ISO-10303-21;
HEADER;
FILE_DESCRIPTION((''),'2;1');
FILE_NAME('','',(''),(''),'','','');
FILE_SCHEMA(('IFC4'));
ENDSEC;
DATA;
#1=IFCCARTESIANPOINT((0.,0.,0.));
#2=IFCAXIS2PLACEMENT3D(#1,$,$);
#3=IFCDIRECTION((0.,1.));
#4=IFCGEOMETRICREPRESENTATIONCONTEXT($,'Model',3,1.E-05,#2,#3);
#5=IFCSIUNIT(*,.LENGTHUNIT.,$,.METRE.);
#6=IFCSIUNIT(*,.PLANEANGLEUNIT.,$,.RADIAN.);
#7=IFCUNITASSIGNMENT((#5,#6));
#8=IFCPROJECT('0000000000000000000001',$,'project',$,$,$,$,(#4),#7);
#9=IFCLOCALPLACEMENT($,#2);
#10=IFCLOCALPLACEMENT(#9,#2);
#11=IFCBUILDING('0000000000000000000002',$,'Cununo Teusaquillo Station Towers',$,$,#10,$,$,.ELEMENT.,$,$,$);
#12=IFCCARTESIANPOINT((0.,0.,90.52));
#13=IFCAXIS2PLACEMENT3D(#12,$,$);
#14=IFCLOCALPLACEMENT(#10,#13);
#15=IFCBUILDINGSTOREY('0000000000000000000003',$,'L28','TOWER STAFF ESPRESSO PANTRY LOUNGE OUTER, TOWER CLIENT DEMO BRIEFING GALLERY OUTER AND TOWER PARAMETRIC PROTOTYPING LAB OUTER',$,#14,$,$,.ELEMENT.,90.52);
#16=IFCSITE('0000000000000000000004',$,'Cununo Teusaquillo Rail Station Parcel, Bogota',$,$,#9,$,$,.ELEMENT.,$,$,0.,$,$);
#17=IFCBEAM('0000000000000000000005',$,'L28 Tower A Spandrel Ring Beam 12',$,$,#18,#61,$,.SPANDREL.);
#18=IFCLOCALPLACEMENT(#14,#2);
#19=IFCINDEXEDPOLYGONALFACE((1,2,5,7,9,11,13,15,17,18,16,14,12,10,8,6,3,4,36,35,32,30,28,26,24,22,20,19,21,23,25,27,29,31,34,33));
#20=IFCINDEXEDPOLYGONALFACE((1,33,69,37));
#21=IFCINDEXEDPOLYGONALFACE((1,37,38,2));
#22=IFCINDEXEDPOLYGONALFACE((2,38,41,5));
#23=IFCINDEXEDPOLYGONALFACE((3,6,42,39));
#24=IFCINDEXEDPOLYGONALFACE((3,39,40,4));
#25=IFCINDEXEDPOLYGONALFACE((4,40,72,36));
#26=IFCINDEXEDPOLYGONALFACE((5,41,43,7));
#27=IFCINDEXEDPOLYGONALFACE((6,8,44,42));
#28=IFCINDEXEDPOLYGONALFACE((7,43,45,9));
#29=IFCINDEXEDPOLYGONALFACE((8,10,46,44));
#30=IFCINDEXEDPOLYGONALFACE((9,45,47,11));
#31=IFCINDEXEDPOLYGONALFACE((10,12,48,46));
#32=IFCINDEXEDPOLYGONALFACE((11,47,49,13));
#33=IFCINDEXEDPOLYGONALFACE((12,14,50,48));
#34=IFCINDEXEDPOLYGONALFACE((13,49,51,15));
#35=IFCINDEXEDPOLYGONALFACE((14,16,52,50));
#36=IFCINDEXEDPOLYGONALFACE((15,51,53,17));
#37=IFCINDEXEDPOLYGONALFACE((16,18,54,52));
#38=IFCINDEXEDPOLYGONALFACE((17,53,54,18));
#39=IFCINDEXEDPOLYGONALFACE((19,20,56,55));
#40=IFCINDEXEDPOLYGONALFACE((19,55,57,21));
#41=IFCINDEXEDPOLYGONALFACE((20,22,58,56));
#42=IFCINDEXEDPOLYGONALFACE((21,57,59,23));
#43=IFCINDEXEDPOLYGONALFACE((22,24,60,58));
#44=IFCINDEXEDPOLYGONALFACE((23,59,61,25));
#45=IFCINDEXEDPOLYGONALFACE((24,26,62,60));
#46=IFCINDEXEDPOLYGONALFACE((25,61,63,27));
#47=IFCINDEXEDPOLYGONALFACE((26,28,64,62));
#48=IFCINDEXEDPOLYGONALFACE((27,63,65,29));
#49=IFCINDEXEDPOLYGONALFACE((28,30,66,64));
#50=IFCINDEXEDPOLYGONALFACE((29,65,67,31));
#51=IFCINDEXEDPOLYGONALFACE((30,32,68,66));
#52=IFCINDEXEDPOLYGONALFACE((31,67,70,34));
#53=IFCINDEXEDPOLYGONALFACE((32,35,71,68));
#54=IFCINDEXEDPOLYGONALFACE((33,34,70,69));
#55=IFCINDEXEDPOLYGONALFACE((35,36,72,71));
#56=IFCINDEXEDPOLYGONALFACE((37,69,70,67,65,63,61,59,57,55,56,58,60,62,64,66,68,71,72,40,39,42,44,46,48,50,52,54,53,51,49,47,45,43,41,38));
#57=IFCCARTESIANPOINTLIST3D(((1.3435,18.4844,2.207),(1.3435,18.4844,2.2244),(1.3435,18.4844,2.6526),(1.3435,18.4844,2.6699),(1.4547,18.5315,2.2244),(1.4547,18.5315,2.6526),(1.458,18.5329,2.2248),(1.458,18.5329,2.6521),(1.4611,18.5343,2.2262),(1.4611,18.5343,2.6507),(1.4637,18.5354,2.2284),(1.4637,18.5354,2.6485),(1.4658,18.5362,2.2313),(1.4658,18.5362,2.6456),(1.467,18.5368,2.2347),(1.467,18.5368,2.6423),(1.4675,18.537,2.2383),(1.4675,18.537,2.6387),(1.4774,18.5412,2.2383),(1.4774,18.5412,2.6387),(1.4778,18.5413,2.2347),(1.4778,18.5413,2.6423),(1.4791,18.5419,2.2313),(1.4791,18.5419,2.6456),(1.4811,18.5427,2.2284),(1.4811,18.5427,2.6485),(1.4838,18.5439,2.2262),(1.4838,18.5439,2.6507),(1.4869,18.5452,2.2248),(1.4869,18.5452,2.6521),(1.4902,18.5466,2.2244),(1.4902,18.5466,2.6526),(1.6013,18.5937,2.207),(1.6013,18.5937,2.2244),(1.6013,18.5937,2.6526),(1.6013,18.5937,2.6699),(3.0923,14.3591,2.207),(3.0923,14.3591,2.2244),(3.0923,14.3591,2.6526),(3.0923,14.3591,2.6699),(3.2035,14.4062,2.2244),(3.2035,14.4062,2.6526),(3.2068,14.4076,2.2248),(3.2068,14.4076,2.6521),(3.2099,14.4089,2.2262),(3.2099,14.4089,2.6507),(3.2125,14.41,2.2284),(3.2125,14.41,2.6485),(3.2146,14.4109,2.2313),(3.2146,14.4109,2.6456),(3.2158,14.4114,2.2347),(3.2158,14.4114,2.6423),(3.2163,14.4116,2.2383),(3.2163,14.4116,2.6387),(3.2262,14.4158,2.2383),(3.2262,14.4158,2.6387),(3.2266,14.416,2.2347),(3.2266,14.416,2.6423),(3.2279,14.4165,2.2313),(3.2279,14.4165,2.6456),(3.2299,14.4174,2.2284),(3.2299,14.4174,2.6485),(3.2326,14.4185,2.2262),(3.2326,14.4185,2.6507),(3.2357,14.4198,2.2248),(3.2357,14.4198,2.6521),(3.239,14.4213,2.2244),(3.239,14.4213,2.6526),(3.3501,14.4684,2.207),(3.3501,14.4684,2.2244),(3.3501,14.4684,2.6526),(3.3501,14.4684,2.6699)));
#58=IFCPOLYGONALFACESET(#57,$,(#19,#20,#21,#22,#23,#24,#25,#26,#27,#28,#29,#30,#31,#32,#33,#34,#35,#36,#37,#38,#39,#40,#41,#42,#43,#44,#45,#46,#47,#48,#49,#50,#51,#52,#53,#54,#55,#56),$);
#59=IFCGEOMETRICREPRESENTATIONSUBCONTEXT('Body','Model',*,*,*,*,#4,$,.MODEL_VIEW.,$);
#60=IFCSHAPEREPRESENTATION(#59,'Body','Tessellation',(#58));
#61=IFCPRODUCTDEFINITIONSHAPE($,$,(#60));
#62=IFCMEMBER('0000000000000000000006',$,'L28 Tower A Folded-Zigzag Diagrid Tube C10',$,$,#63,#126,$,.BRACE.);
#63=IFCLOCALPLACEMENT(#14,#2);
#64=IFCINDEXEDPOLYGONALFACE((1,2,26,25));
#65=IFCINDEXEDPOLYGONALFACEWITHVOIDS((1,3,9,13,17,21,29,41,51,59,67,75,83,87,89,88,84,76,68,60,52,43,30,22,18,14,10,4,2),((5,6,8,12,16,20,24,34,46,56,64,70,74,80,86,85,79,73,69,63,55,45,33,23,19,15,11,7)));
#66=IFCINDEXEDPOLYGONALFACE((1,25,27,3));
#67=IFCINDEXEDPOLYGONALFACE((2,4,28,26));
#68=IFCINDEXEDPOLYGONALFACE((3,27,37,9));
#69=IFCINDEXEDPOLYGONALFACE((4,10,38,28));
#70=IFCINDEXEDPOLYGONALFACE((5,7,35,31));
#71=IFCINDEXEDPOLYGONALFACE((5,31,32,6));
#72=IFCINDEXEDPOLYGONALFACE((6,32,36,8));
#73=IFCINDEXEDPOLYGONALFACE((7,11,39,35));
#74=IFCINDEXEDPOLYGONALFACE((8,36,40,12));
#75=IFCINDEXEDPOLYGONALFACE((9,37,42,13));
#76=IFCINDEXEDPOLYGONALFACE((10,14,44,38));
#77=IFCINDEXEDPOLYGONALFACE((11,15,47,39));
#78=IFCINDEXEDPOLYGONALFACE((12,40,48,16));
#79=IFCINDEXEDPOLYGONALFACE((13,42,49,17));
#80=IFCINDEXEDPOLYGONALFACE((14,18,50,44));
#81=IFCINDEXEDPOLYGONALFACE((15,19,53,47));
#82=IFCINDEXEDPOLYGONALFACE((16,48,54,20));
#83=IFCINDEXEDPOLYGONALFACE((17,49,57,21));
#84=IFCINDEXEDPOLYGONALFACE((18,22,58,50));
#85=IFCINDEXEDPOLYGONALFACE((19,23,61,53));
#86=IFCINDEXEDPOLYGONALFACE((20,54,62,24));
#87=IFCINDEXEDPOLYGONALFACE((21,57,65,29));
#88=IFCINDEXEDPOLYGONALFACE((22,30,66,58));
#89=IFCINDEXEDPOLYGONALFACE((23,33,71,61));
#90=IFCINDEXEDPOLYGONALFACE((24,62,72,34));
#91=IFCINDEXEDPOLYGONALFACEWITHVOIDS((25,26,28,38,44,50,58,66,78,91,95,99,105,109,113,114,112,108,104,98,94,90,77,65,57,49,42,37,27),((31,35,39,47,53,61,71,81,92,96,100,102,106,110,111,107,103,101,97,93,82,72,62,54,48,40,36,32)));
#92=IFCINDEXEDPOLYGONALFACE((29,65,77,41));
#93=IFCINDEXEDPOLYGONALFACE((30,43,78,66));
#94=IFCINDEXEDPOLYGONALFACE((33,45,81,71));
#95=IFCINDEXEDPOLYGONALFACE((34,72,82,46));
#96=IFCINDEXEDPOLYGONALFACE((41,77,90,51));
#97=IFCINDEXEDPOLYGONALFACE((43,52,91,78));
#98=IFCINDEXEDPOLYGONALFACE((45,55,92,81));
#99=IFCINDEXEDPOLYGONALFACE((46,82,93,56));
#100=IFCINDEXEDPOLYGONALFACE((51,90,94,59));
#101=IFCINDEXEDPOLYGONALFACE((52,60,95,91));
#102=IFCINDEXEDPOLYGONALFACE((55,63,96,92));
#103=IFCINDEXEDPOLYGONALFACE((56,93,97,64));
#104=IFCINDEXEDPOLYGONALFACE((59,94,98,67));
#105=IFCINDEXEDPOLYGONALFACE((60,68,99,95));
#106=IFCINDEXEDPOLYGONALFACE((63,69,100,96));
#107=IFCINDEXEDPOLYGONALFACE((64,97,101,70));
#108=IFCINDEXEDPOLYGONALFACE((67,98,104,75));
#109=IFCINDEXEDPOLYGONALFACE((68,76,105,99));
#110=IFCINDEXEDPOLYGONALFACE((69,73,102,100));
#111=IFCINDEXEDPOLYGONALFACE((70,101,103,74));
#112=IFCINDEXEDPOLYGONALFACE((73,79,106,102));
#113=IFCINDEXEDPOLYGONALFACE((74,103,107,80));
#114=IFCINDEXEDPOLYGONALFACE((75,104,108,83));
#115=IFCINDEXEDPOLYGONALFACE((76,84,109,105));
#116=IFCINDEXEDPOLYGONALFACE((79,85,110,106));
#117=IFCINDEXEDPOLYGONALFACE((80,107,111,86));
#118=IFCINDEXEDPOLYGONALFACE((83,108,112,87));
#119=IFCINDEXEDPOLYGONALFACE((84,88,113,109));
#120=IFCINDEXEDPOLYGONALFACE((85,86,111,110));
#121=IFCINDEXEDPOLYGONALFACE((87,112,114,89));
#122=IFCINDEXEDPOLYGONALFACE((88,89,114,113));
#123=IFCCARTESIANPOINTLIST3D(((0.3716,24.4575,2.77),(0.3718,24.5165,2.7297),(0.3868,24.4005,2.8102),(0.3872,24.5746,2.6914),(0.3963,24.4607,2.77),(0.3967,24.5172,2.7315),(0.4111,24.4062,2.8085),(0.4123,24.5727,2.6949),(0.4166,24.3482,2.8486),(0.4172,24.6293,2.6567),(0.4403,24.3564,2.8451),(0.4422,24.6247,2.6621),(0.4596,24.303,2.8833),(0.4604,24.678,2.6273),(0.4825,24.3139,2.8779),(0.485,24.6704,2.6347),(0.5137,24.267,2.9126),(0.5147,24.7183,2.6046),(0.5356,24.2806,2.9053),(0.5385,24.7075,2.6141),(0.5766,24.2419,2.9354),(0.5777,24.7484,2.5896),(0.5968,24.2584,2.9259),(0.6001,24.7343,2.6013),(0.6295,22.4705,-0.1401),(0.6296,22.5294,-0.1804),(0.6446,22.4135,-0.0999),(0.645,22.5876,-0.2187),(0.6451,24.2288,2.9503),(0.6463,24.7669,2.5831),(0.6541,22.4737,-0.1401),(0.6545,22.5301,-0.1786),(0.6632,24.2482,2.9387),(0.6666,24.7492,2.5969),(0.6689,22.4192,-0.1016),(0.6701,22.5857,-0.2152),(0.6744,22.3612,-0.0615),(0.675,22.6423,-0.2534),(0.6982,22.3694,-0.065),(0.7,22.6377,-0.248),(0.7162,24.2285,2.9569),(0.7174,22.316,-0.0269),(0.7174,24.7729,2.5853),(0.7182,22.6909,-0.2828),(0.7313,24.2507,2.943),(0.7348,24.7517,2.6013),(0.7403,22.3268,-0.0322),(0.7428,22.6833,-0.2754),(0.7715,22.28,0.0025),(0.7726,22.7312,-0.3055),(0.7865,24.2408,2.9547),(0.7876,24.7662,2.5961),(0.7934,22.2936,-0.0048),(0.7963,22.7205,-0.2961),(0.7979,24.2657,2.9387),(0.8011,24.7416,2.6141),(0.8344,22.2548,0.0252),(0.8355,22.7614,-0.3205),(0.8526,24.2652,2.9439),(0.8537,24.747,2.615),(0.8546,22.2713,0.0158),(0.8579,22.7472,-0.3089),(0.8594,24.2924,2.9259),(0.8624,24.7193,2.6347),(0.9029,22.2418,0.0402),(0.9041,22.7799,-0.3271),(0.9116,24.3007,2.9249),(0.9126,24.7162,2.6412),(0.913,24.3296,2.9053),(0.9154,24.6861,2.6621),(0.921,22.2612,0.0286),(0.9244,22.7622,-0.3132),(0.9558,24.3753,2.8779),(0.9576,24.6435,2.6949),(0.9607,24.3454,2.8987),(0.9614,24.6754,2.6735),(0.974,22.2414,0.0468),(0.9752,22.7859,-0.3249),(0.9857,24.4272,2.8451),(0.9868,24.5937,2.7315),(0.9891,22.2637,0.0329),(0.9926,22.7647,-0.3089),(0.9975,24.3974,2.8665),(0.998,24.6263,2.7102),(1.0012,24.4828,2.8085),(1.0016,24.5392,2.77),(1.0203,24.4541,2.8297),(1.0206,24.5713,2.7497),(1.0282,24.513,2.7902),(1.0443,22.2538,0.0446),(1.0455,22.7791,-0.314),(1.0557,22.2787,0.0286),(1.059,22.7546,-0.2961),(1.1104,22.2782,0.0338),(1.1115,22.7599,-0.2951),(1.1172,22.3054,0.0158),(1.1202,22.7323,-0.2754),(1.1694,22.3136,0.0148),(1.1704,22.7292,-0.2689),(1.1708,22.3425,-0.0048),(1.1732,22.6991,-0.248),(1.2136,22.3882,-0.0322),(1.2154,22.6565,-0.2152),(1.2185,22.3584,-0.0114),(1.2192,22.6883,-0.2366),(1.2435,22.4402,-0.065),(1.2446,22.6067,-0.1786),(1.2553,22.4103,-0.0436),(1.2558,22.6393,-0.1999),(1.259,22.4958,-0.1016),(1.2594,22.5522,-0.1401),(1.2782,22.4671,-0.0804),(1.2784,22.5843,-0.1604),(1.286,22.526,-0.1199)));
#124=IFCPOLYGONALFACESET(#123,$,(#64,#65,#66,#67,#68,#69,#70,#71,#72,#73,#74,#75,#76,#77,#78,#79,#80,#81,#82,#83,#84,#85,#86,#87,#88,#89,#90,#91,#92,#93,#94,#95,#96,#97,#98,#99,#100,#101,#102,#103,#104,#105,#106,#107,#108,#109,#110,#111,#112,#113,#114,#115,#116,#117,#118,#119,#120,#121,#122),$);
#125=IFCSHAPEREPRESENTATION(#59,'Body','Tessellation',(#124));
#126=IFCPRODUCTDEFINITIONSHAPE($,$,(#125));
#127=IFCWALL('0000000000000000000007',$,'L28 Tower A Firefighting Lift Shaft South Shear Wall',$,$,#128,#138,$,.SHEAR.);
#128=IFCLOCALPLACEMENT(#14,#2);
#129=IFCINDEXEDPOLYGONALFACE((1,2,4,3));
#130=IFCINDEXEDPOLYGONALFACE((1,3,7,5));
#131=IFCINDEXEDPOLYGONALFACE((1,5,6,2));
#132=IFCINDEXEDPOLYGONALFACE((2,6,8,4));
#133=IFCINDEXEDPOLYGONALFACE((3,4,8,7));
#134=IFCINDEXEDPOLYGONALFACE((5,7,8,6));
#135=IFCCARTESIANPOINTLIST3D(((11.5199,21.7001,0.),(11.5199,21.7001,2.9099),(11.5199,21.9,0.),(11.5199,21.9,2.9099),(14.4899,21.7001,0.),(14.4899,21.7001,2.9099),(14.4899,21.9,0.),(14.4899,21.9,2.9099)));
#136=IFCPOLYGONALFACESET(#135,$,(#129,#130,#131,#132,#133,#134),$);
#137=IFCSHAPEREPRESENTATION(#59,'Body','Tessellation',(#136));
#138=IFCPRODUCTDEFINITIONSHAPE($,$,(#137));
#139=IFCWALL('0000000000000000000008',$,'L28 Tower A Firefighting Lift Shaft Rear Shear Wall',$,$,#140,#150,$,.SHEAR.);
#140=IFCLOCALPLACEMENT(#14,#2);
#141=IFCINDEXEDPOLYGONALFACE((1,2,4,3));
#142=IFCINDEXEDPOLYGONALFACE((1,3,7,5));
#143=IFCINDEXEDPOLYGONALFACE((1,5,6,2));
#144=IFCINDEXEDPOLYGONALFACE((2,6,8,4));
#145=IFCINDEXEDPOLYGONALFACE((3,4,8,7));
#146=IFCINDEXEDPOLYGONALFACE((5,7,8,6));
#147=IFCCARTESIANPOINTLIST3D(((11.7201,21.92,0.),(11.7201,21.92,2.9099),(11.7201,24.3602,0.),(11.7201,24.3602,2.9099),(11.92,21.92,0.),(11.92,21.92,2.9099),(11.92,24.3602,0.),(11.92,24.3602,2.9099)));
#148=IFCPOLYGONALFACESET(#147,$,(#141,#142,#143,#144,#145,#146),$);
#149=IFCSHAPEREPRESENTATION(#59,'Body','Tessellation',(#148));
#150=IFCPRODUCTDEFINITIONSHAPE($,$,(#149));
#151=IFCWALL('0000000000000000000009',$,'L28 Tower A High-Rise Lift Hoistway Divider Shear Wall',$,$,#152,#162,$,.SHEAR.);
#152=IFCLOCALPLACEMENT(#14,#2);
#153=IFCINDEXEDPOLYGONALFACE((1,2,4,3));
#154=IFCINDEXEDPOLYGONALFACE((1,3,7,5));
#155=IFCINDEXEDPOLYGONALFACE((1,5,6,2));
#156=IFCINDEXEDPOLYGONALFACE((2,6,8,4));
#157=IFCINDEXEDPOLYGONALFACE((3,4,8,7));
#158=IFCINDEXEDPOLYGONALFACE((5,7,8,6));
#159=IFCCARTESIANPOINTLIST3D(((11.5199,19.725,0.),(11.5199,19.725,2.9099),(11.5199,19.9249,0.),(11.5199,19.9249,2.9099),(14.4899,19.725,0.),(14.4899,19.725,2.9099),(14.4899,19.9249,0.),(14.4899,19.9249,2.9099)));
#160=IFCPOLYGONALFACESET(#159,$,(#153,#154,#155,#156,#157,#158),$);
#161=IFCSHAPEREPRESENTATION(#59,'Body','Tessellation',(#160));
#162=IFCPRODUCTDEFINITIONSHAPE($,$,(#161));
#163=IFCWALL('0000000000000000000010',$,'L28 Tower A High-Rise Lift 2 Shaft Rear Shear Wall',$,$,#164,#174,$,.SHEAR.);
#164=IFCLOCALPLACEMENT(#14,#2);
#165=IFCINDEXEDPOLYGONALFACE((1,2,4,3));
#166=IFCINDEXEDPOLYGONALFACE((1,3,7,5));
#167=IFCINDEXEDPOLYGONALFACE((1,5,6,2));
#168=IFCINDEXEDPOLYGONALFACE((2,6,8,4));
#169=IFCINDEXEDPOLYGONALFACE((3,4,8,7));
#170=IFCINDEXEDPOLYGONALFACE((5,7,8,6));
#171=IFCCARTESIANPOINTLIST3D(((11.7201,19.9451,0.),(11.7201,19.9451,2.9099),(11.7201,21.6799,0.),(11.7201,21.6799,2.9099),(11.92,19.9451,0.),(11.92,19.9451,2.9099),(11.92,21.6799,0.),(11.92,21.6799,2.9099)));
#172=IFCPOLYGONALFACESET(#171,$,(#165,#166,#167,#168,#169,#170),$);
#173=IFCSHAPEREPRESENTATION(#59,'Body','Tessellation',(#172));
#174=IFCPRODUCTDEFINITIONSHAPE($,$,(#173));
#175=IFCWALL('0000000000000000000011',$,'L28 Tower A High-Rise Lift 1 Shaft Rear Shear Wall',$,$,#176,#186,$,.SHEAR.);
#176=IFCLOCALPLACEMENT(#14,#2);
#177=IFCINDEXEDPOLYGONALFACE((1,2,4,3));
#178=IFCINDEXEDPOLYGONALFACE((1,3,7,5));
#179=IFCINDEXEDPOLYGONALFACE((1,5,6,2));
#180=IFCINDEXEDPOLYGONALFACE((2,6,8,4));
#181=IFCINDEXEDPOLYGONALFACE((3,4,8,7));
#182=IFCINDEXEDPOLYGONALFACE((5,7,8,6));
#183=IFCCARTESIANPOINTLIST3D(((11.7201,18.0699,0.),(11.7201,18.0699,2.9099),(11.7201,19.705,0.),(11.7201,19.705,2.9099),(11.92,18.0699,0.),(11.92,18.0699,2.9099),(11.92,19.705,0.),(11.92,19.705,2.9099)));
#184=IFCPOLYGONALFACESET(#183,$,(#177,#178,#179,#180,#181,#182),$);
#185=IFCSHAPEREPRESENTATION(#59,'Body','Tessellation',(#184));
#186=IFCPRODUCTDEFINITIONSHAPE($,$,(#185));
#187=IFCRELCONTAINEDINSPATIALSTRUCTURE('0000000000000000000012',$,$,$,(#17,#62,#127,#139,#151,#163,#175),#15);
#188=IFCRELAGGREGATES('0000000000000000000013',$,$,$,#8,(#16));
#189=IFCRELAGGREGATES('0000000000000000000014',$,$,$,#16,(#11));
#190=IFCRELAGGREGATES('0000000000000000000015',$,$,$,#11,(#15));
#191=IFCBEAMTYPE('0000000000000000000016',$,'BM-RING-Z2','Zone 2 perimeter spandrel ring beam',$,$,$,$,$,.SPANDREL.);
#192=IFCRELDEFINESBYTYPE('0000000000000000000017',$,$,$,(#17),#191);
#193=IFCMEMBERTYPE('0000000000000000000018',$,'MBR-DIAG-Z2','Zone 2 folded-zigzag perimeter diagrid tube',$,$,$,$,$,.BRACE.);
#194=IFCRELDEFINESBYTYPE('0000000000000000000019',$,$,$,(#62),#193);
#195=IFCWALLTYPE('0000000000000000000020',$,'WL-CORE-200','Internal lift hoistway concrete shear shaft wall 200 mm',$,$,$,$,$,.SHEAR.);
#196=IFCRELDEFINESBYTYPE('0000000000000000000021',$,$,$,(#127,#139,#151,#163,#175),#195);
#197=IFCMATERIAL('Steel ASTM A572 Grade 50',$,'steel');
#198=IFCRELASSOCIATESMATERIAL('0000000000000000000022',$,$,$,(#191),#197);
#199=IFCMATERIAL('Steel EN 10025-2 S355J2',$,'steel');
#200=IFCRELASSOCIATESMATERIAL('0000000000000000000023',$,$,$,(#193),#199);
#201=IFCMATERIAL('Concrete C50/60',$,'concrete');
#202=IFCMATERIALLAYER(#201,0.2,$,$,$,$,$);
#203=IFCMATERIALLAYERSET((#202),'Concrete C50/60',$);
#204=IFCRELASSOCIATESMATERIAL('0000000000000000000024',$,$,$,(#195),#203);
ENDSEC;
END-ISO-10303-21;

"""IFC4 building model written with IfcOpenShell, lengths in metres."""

from ifc_helpers import new_model, si_unit, direction, frame, frame_2d, origin, origin_2d, place, context, subcontext, project, spatial, rectangle, hollow_circle, i_section, extrude, material, layer, layer_set, material_profile, profile_set, type_object, element, save


model = new_model("IFC4")

# Units and contexts
model_context = context("Model", 3, precision=1e-05, world=origin(), true_north=direction((0.0, 1.0)))
body_context = subcontext(model_context, "Body", "Model", "MODEL_VIEW")
ifc_project = project(units=[si_unit("LENGTHUNIT", "METRE"), si_unit("PLANEANGLEUNIT", "RADIAN")], contexts=[model_context])

# Site, building, storey
site_placement = place(None, origin())
site = spatial("IfcSite", under=ifc_project, at=site_placement, Name="Cununo Teusaquillo Rail Station Parcel, Bogota", CompositionType="ELEMENT", RefElevation=0.0)
building_placement = place(site_placement, origin())
building = spatial("IfcBuilding", under=site, at=building_placement, Name="Cununo Teusaquillo Station Towers", CompositionType="ELEMENT")
storey_placement = place(building_placement, frame((0.0, 0.0, 90.52)))
storey = spatial("IfcBuildingStorey", under=building, at=storey_placement, Name="L28", Description="TOWER STAFF ESPRESSO PANTRY LOUNGE OUTER, TOWER CLIENT DEMO BRIEFING GALLERY OUTER AND TOWER PARAMETRIC PROTOTYPING LAB OUTER", CompositionType="ELEMENT", Elevation=90.52)

# Beam
ifc_material_1 = material(Name="Steel ASTM A572 Grade 50", Category="steel")
ifc_material_profile_1 = material_profile(ifc_material_1, i_section(OverallWidth=0.28, OverallDepth=0.4629, WebThickness=0.0107, FlangeThickness=0.0173, FilletRadius=0.0139, at=origin_2d()), Name="W18X76")
ifc_profile_set_1 = profile_set([ifc_material_profile_1], Name="Steel ASTM A572 Grade 50")
beam_type_1 = type_object("IfcBeamType", Name="BM-RING-Z2", Description="Zone 2 perimeter spandrel ring beam", PredefinedType="SPANDREL", material=ifc_profile_set_1)
beam_1_placement = place(storey_placement, frame((1.4724, 18.5391, 2.4385), z_axis=(0.390299, -0.920688, 0.0), x_axis=(0.920688, 0.390299, 0.0)))
element("IfcBeam", 1, at=beam_1_placement, inside=storey, type_object=beam_type_1, Name="L28 Tower A Spandrel Ring Beam 12", PredefinedType="SPANDREL", context=body_context, shape_type="SweptSolid", body=[
    extrude(i_section(OverallWidth=0.28, OverallDepth=0.4629, WebThickness=0.0107, FlangeThickness=0.0173, FilletRadius=0.0139, at=origin_2d()), origin(), (0.0, 0.0, 1.0), 4.4807),
])

# Member
ifc_material_2 = material(Name="Steel EN 10025-2 S355J2", Category="steel")
ifc_material_profile_2 = material_profile(ifc_material_2, hollow_circle(Radius=0.3301, WallThickness=0.0249, at=origin_2d()), Name="CHS 660x25")
ifc_profile_set_2 = profile_set([ifc_material_profile_2], Name="Steel EN 10025-2 S355J2")
member_type = type_object("IfcMemberType", Name="MBR-DIAG-Z2", Description="Zone 2 folded-zigzag perimeter diagrid tube", PredefinedType="BRACE", material=ifc_profile_set_2)
member_placement = place(storey_placement, frame((0.9568, 22.5129, -0.1401), z_axis=(-0.072967, 0.562388, 0.823648), x_axis=(-0.991688, -0.128667, 0.0)))
element("IfcMember", 2, at=member_placement, inside=storey, type_object=member_type, Name="L28 Tower A Folded-Zigzag Diagrid Tube C10", PredefinedType="BRACE", context=body_context, shape_type="SweptSolid", body=[
    extrude(hollow_circle(Radius=0.3301, WallThickness=0.0249, at=origin_2d()), origin(), (0.0, 0.0, 1.0), 3.5332),
])

# Walls
ifc_material_3 = material(Name="Concrete C50/60", Category="concrete")
ifc_layer_1 = layer(ifc_material_3, 0.2)
ifc_layer_set_1 = layer_set([ifc_layer_1], Name="Concrete C50/60")
wall_type_1 = type_object("IfcWallType", Name="WL-CORE-200", Description="Internal lift hoistway concrete shear shaft wall 200 mm", PredefinedType="SHEAR", material=ifc_layer_set_1)
wall_1_placement = place(storey_placement, frame((11.52, 21.8, 0.0), z_axis=(0.0, 0.0, 1.0), x_axis=(1.0, 0.0, 0.0)))
element("IfcWall", 3, at=wall_1_placement, inside=storey, type_object=wall_type_1, Name="L28 Tower A Firefighting Lift Shaft South Shear Wall", PredefinedType="SHEAR", context=body_context, shape_type="SweptSolid", body=[
    extrude(rectangle(XDim=2.97, YDim=0.2, at=frame_2d((1.4849, 0.0))), origin(), (0.0, 0.0, 1.0), 2.9099),
])
wall_2_placement = place(storey_placement, frame((11.8201, 21.9199, 0.0), z_axis=(0.0, 0.0, 1.0), x_axis=(0.0, 1.0, 0.0)))
element("IfcWall", 4, at=wall_2_placement, inside=storey, type_object=wall_type_1, Name="L28 Tower A Firefighting Lift Shaft Rear Shear Wall", PredefinedType="SHEAR", context=body_context, shape_type="SweptSolid", body=[
    extrude(rectangle(XDim=2.4402, YDim=0.2, at=frame_2d((1.2202, 0.0))), origin(), (0.0, 0.0, 1.0), 2.9099),
])
wall_3_placement = place(storey_placement, frame((11.52, 19.825, 0.0), z_axis=(0.0, 0.0, 1.0), x_axis=(1.0, 0.0, 0.0)))
element("IfcWall", 5, at=wall_3_placement, inside=storey, type_object=wall_type_1, Name="L28 Tower A High-Rise Lift Hoistway Divider Shear Wall", PredefinedType="SHEAR", context=body_context, shape_type="SweptSolid", body=[
    extrude(rectangle(XDim=2.97, YDim=0.2, at=frame_2d((1.4849, 0.0))), origin(), (0.0, 0.0, 1.0), 2.9099),
])
wall_4_placement = place(storey_placement, frame((11.8201, 19.9451, 0.0), z_axis=(0.0, 0.0, 1.0), x_axis=(0.0, 1.0, 0.0)))
element("IfcWall", 6, at=wall_4_placement, inside=storey, type_object=wall_type_1, Name="L28 Tower A High-Rise Lift 2 Shaft Rear Shear Wall", PredefinedType="SHEAR", context=body_context, shape_type="SweptSolid", body=[
    extrude(rectangle(XDim=1.7349, YDim=0.2, at=frame_2d((0.8674, 0.0))), origin(), (0.0, 0.0, 1.0), 2.9099),
])
wall_5_placement = place(storey_placement, frame((11.8201, 18.0701, 0.0), z_axis=(0.0, 0.0, 1.0), x_axis=(0.0, 1.0, 0.0)))
element("IfcWall", 7, at=wall_5_placement, inside=storey, type_object=wall_type_1, Name="L28 Tower A High-Rise Lift 1 Shaft Rear Shear Wall", PredefinedType="SHEAR", context=body_context, shape_type="SweptSolid", body=[
    extrude(rectangle(XDim=1.635, YDim=0.2, at=frame_2d((0.8174, 0.0))), origin(), (0.0, 0.0, 1.0), 2.9099),
])

save(model, "model.ifc")
